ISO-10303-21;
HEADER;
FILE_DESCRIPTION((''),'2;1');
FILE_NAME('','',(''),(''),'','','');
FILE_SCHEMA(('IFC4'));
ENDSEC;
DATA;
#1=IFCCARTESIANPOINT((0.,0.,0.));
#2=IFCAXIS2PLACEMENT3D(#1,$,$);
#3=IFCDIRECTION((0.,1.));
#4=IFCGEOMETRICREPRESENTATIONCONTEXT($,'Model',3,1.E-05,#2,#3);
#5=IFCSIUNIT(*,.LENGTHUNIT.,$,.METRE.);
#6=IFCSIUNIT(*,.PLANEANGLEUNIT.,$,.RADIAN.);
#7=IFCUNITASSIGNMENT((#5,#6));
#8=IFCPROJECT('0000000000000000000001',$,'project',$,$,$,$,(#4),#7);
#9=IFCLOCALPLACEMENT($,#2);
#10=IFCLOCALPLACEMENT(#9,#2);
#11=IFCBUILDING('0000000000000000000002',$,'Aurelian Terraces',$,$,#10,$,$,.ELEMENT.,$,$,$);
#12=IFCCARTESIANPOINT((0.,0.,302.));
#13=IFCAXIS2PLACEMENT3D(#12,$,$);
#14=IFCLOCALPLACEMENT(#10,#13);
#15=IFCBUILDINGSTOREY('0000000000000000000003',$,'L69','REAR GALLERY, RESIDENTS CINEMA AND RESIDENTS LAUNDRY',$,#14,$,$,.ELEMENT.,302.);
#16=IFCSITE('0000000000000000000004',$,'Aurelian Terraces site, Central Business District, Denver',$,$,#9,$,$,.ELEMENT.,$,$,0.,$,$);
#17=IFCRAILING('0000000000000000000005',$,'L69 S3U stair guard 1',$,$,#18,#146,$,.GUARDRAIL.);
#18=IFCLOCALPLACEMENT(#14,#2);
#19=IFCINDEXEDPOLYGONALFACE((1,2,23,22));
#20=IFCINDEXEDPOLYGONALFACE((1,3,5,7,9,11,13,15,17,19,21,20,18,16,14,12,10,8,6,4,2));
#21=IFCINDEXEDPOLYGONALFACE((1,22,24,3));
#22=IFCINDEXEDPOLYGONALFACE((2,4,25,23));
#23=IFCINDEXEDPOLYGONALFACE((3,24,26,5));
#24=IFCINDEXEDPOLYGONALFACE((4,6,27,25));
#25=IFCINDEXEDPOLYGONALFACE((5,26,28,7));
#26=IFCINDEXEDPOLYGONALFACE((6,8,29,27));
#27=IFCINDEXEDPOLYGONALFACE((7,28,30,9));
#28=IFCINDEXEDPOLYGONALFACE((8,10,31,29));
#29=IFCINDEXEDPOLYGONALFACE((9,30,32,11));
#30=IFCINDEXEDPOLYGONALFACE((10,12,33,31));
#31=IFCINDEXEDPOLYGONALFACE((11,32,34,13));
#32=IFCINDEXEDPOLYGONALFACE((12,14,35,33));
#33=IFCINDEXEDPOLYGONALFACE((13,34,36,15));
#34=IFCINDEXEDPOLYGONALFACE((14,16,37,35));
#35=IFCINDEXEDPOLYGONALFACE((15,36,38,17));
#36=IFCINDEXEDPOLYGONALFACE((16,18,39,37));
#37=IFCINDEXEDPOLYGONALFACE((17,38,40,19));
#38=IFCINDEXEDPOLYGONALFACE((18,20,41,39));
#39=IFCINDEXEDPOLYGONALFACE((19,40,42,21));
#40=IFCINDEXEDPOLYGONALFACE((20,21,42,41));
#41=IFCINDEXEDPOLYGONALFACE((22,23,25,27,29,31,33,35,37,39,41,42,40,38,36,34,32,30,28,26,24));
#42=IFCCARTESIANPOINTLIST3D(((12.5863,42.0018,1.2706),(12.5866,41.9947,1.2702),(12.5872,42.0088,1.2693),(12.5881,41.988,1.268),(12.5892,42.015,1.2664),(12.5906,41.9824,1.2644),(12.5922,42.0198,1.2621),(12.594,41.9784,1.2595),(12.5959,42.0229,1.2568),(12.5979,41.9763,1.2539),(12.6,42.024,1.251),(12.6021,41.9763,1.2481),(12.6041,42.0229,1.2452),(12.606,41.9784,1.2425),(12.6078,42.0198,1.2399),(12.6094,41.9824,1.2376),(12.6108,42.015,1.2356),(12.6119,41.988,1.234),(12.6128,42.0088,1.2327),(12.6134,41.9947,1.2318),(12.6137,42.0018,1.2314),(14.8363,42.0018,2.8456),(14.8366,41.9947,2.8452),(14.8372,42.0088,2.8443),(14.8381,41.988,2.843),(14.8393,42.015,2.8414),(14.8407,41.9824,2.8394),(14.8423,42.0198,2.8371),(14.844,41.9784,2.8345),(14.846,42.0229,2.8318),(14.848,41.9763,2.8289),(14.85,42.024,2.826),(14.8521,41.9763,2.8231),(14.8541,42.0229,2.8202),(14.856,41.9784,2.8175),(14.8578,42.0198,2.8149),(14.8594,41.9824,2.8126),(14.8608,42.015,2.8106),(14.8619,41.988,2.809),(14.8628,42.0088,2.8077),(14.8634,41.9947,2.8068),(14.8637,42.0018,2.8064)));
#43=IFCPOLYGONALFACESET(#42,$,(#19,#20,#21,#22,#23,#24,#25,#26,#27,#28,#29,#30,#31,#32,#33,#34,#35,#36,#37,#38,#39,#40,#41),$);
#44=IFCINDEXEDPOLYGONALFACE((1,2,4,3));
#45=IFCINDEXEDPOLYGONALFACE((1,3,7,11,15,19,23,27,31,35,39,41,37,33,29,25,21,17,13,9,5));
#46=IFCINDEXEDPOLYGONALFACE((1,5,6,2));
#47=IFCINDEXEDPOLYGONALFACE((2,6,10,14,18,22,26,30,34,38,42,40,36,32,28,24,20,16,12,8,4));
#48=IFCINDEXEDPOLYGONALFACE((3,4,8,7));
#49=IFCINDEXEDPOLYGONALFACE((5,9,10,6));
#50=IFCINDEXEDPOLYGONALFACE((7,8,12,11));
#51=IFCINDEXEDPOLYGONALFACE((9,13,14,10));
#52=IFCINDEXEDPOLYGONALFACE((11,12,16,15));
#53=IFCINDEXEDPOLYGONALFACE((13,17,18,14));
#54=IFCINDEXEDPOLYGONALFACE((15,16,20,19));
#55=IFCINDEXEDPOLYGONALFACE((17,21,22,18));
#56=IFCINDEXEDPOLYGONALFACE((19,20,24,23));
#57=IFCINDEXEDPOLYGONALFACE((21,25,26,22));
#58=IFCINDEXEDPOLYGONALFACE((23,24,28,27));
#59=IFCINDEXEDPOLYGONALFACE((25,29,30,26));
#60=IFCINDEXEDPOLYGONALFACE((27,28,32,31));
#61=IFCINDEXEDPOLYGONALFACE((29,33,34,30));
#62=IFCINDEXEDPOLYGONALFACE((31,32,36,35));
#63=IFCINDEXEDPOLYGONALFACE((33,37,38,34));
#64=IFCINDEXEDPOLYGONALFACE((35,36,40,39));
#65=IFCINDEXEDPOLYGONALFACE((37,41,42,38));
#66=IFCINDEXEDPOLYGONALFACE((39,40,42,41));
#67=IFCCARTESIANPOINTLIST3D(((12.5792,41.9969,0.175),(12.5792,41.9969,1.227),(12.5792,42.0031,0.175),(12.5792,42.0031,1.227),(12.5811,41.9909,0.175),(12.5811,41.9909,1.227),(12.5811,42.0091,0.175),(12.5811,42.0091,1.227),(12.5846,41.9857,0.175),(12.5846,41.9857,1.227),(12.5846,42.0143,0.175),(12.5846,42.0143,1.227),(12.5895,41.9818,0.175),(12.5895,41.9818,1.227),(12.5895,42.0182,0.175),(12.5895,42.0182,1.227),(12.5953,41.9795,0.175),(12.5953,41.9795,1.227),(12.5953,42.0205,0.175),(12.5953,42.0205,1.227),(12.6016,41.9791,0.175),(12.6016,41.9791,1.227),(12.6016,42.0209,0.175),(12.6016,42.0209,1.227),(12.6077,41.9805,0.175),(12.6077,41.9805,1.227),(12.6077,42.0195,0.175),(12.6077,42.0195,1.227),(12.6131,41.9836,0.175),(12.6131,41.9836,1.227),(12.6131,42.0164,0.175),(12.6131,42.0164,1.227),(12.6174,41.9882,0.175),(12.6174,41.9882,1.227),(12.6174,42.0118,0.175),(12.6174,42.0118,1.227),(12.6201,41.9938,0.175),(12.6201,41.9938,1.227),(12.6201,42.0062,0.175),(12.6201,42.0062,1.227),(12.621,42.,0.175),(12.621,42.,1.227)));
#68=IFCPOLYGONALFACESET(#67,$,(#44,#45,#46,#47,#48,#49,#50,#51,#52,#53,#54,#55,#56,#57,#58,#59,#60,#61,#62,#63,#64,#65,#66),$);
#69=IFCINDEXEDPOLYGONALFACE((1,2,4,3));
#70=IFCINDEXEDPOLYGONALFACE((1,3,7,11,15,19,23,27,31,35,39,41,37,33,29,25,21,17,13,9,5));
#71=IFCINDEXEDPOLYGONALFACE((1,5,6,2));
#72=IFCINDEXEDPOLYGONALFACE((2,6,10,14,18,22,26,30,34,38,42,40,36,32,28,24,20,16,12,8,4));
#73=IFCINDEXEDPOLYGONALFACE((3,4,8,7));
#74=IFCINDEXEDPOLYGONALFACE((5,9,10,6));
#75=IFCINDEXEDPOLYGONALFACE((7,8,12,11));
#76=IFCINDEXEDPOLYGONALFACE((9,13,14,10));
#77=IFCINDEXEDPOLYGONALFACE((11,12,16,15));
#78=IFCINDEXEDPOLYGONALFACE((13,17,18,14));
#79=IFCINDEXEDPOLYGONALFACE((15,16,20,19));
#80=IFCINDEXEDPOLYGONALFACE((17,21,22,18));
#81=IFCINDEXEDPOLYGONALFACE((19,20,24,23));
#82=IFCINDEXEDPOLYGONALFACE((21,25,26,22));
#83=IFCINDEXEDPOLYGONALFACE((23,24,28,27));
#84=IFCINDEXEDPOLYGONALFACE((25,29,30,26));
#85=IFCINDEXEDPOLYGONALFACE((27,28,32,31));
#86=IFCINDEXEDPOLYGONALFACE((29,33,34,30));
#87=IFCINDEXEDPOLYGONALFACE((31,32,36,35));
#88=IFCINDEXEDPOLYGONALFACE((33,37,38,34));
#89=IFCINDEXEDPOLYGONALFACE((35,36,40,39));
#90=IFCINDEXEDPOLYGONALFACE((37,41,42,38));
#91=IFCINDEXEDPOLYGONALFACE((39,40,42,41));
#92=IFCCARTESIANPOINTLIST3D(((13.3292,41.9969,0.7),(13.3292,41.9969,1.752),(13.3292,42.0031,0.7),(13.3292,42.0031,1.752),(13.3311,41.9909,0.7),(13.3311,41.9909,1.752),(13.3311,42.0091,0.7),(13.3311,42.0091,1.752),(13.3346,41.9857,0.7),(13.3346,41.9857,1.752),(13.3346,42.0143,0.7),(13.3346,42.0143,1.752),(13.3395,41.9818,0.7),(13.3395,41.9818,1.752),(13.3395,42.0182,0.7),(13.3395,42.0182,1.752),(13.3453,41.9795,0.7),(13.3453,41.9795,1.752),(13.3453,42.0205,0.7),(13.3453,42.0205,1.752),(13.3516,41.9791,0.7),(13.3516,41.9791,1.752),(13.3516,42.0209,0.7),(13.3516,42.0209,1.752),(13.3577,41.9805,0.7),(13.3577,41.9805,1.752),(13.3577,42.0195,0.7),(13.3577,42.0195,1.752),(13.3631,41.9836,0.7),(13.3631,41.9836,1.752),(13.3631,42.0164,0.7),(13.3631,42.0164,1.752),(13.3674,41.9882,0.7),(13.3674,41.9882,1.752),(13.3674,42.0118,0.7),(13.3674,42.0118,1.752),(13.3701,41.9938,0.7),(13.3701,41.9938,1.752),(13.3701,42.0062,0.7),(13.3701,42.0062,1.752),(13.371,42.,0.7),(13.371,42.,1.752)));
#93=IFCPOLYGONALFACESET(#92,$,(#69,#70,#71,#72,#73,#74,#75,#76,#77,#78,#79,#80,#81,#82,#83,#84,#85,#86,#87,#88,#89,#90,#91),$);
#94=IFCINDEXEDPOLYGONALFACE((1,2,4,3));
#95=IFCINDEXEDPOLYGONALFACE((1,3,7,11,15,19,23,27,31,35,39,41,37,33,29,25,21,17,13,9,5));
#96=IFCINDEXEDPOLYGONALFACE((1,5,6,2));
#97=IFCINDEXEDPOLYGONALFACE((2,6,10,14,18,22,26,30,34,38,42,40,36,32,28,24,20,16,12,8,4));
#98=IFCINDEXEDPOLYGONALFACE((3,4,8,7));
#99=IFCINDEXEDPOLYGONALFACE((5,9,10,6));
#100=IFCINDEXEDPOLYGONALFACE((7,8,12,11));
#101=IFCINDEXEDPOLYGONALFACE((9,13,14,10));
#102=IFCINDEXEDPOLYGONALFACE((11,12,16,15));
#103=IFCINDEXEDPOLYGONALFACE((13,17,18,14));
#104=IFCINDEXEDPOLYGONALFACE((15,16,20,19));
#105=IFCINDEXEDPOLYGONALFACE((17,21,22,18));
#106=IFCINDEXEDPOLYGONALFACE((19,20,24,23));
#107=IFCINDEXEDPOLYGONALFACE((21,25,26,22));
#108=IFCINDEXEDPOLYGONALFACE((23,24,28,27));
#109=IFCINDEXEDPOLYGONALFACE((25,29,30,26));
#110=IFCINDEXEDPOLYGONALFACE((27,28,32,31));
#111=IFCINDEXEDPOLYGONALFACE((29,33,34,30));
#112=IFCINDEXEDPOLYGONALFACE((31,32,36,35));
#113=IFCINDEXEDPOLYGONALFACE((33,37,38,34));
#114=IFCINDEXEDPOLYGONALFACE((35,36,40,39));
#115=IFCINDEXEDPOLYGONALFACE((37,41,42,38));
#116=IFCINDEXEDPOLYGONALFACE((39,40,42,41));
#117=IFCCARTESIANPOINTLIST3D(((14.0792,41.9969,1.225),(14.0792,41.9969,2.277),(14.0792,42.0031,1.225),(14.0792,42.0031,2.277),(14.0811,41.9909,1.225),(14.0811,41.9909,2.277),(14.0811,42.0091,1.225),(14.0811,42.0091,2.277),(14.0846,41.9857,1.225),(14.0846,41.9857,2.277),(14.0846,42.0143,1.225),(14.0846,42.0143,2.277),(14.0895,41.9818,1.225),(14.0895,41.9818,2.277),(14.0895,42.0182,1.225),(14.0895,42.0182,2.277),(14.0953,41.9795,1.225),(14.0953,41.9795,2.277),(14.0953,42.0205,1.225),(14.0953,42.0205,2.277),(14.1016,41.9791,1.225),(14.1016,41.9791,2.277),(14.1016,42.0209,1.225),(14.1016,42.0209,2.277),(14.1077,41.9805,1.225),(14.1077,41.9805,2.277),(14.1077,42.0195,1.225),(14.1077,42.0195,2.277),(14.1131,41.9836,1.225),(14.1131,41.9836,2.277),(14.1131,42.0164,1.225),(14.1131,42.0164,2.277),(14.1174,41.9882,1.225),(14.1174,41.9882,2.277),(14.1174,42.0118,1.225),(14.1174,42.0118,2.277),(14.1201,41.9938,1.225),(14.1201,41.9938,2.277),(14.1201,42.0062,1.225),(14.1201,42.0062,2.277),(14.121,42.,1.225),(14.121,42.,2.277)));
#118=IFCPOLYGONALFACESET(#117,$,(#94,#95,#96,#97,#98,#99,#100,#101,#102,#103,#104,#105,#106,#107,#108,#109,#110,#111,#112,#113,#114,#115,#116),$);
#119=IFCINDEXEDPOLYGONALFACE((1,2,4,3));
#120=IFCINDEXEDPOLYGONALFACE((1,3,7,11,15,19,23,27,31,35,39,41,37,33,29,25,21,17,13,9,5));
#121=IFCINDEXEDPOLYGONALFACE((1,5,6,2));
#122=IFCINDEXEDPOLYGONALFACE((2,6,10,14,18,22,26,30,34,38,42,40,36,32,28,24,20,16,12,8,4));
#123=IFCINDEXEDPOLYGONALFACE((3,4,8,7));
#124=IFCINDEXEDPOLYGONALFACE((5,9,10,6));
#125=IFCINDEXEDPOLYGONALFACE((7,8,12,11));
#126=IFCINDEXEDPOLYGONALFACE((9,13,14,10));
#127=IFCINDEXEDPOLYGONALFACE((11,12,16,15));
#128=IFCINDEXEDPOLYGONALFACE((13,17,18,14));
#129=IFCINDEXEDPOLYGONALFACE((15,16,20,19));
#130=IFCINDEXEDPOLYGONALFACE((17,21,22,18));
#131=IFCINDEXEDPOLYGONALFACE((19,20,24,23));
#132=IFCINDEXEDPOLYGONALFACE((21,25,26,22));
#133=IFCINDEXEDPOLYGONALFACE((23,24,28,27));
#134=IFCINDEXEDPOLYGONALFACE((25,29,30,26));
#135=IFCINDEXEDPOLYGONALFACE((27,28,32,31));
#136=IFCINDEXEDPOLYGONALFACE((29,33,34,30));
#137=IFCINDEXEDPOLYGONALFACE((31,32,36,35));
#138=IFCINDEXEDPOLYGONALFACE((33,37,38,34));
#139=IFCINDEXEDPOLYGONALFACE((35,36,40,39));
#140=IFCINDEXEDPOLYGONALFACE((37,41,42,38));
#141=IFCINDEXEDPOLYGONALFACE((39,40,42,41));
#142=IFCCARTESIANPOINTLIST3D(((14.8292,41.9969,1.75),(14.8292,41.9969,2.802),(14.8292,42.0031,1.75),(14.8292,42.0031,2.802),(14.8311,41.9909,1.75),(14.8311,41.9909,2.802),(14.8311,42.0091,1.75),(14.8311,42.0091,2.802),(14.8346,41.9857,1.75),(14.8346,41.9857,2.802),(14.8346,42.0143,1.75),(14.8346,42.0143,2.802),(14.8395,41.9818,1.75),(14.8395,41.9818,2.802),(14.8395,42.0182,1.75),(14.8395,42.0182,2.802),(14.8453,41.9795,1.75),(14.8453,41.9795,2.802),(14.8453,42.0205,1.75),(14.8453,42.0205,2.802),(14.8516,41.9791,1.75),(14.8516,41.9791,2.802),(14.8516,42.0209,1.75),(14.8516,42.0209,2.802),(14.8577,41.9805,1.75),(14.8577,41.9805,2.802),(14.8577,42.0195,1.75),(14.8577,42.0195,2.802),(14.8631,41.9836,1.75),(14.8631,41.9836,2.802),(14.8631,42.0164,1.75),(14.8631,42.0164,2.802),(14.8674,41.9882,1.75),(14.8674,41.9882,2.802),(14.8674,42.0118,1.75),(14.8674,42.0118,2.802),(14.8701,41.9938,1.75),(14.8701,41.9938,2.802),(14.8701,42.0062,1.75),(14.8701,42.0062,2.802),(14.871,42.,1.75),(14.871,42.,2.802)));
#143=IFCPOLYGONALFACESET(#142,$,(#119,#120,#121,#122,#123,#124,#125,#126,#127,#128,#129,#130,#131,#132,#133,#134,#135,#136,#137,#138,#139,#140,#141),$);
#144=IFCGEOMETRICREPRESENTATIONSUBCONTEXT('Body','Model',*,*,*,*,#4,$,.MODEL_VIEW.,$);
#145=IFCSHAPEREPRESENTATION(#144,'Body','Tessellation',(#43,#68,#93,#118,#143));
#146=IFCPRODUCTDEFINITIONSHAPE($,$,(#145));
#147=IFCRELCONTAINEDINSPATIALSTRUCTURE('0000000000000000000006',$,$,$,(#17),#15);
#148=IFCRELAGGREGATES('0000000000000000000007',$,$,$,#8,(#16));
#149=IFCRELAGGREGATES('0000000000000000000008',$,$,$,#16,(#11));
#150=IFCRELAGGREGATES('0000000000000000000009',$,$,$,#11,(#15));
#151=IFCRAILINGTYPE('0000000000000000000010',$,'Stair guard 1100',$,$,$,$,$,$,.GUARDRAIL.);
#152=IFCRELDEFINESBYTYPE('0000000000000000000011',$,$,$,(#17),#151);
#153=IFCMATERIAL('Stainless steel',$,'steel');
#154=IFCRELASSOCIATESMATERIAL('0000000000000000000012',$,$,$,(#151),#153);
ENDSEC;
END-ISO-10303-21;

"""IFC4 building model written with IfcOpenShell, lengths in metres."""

from ifc_helpers import new_model, si_unit, direction, frame, origin, origin_2d, place, context, subcontext, project, spatial, circle, extrude, source, transform, mapped, material, type_object, element, save


model = new_model("IFC4")

# Units and contexts
model_context = context("Model", 3, precision=1e-05, world=origin(), true_north=direction((0.0, 1.0)))
body_context = subcontext(model_context, "Body", "Model", "MODEL_VIEW")
ifc_project = project(units=[si_unit("LENGTHUNIT", "METRE"), si_unit("PLANEANGLEUNIT", "RADIAN")], contexts=[model_context])

# Site, building, storey
site_placement = place(None, origin())
site = spatial("IfcSite", under=ifc_project, at=site_placement, Name="Aurelian Terraces site, Central Business District, Denver", CompositionType="ELEMENT", RefElevation=0.0)
building_placement = place(site_placement, origin())
building = spatial("IfcBuilding", under=site, at=building_placement, Name="Aurelian Terraces", CompositionType="ELEMENT")
storey_placement = place(building_placement, frame((0.0, 0.0, 302.0)))
storey = spatial("IfcBuildingStorey", under=building, at=storey_placement, Name="L69", Description="REAR GALLERY, RESIDENTS CINEMA AND RESIDENTS LAUNDRY", CompositionType="ELEMENT", Elevation=302.0)

# Railing
ifc_material_1 = material(Name="Stainless steel", Category="steel")
railing_type_1 = type_object("IfcRailingType", Name="Stair guard 1100", PredefinedType="GUARDRAIL", material=ifc_material_1)
shared_shape_1 = source(origin(), body_context, "Body", "SweptSolid", [
    extrude(circle(Radius=0.024, at=origin_2d()), frame((0.0, 0.0, 1.076), z_axis=(0.819232, 0.0, 0.573462), x_axis=(0.0, 1.0, 0.0)), (0.0, 0.0, 1.0), 2.7465),
    extrude(circle(Radius=0.021, at=origin_2d()), origin(), (0.0, 0.0, 1.0), 1.052),
    extrude(circle(Radius=0.021, at=origin_2d()), frame((0.75, 0.0, 0.525)), (0.0, 0.0, 1.0), 1.052),
    extrude(circle(Radius=0.021, at=origin_2d()), frame((1.5, 0.0, 1.05)), (0.0, 0.0, 1.0), 1.052),
    extrude(circle(Radius=0.021, at=origin_2d()), frame((2.25, 0.0, 1.575)), (0.0, 0.0, 1.0), 1.052),
])
railing_1_placement = place(storey_placement, frame((12.6, 42.0, 0.175)))
element("IfcRailing", 1, at=railing_1_placement, inside=storey, type_object=railing_type_1, Name="L69 S3U stair guard 1", PredefinedType="GUARDRAIL", context=body_context, shape_type="MappedRepresentation", body=[
    mapped(shared_shape_1, transform((0.0, 0.0, 0.0), scale=1.0)),
])

save(model, "model.ifc")
